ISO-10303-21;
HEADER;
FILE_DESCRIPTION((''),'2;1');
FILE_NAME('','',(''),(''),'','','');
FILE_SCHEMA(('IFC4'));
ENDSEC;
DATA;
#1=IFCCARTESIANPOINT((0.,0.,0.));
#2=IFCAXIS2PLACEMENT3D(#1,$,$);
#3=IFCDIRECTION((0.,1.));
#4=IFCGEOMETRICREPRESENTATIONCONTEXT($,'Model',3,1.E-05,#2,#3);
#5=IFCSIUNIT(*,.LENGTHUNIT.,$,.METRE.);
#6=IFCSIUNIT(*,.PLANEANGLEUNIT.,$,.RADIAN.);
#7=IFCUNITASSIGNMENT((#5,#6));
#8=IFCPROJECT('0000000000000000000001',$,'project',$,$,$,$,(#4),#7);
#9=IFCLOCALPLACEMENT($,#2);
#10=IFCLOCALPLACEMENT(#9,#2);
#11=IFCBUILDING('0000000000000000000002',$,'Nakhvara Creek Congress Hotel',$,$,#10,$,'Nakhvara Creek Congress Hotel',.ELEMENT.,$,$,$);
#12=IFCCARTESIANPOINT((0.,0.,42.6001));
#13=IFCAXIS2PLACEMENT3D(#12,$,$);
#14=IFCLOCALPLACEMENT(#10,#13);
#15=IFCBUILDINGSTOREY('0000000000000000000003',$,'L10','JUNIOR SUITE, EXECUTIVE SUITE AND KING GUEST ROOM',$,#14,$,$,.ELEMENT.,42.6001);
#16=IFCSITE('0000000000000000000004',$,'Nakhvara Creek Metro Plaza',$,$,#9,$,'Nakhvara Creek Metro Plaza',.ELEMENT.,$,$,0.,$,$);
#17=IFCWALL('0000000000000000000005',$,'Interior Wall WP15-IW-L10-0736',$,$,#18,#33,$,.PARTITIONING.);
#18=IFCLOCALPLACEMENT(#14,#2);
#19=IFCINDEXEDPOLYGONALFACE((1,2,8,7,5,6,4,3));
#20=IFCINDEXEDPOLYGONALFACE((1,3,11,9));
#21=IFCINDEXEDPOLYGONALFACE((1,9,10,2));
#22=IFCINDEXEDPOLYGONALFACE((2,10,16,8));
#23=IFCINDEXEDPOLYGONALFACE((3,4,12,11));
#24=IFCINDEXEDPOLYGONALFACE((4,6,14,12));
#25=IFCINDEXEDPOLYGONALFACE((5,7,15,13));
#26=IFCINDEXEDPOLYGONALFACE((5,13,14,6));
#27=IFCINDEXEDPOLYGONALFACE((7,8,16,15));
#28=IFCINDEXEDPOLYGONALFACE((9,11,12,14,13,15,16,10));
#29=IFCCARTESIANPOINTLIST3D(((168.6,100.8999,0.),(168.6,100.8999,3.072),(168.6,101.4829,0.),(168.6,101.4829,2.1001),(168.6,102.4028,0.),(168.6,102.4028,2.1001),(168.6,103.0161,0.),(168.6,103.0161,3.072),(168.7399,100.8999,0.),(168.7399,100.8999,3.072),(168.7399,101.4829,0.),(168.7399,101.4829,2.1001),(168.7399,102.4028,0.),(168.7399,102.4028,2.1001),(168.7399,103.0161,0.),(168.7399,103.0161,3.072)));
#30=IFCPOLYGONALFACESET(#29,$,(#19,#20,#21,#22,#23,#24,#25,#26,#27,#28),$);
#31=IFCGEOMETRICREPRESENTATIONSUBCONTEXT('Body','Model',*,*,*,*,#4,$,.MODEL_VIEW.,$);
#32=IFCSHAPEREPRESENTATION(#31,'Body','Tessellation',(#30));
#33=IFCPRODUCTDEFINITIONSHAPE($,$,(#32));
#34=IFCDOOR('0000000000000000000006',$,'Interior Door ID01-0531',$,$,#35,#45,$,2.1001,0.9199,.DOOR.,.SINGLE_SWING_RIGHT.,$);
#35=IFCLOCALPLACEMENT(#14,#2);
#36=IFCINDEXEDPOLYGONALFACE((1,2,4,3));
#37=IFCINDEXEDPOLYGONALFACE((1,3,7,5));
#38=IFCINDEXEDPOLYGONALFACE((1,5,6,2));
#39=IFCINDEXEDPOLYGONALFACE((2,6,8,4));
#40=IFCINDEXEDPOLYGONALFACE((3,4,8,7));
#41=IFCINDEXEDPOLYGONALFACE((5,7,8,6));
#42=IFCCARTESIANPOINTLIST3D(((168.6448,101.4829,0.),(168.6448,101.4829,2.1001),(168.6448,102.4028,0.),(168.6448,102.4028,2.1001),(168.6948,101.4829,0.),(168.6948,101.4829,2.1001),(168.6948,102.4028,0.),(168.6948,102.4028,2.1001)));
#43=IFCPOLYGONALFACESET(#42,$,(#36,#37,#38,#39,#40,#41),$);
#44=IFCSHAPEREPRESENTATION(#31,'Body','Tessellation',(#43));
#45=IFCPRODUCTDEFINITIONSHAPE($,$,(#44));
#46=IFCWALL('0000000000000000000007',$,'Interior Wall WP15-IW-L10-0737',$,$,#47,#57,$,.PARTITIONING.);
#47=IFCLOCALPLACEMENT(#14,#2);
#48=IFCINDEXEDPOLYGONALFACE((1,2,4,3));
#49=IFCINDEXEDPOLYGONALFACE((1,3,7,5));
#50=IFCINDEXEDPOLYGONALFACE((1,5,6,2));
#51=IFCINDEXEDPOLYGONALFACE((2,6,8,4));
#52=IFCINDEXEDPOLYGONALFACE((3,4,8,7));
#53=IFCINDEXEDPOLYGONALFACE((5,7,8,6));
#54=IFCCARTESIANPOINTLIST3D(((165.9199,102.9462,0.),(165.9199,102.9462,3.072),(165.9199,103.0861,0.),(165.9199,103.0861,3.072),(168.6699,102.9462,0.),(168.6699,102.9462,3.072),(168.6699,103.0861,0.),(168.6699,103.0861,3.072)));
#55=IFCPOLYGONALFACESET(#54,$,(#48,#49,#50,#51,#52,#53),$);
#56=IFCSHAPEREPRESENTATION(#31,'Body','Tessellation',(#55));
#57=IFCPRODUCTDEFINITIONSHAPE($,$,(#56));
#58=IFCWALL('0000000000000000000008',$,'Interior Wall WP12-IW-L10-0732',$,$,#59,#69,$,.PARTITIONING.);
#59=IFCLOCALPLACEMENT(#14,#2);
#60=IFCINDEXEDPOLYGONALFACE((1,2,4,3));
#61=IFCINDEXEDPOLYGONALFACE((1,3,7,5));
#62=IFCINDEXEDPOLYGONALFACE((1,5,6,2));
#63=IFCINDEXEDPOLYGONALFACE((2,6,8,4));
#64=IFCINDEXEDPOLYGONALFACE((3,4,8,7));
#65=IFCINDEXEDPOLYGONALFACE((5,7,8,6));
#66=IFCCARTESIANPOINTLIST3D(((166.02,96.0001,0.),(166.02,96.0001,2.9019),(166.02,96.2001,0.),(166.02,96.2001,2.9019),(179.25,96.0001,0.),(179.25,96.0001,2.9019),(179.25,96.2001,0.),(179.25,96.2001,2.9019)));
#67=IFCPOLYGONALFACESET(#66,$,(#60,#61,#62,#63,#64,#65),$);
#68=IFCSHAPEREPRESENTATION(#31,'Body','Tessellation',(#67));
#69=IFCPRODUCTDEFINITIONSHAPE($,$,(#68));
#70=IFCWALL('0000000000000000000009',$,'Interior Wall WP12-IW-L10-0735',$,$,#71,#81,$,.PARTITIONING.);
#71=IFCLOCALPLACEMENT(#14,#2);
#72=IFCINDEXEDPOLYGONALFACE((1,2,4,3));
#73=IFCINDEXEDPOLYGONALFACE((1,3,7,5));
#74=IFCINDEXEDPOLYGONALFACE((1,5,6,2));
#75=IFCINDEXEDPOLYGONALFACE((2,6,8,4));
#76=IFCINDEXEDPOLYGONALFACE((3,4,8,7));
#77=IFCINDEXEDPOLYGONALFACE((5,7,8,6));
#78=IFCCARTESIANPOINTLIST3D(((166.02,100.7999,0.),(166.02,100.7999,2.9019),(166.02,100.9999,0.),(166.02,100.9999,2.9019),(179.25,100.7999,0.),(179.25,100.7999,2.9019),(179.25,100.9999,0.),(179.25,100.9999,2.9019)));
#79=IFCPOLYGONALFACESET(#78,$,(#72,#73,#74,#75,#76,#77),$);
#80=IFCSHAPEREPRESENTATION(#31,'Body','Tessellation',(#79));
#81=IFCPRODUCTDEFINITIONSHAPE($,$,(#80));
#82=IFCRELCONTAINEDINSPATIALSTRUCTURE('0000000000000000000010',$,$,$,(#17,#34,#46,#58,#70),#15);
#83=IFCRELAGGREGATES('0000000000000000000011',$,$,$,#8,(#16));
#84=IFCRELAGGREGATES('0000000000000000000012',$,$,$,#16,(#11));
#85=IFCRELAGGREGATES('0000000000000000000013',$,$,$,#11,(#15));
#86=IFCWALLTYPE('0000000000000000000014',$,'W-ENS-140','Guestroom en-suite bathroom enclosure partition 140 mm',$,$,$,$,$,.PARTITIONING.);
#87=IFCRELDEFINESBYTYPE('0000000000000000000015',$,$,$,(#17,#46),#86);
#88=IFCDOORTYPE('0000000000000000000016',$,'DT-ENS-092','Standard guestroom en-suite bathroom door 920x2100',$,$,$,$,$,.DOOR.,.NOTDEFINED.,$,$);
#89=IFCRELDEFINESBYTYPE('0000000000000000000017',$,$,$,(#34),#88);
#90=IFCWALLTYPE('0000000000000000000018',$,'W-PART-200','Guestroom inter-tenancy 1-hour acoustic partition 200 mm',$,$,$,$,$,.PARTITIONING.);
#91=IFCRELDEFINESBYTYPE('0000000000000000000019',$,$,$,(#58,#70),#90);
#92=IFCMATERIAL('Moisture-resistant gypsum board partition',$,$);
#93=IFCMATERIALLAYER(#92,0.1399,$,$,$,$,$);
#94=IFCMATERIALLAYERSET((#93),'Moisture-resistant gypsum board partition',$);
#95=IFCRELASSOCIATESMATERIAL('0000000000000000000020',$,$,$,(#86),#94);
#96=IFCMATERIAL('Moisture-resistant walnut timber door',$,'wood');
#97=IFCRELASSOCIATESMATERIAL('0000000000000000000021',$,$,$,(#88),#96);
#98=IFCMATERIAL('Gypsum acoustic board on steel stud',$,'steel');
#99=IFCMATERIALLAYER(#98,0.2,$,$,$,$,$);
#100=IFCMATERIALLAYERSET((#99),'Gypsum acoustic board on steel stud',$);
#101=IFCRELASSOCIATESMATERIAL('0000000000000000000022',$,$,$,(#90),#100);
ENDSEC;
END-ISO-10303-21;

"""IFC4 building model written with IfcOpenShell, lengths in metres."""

from ifc_helpers import new_model, si_unit, direction, frame, frame_2d, origin, place, context, subcontext, project, spatial, rectangle, extrude, material, layer, layer_set, type_object, element, fill, save


model = new_model("IFC4")

# Units and contexts
model_context = context("Model", 3, precision=1e-05, world=origin(), true_north=direction((0.0, 1.0)))
body_context = subcontext(model_context, "Body", "Model", "MODEL_VIEW")
ifc_project = project(units=[si_unit("LENGTHUNIT", "METRE"), si_unit("PLANEANGLEUNIT", "RADIAN")], contexts=[model_context])

# Site, building, storey
site_placement = place(None, origin())
site = spatial("IfcSite", under=ifc_project, at=site_placement, Name="Nakhvara Creek Metro Plaza", LongName="Nakhvara Creek Metro Plaza", CompositionType="ELEMENT", RefElevation=0.0)
building_placement = place(site_placement, origin())
building = spatial("IfcBuilding", under=site, at=building_placement, Name="Nakhvara Creek Congress Hotel", LongName="Nakhvara Creek Congress Hotel", CompositionType="ELEMENT")
storey_placement = place(building_placement, frame((0.0, 0.0, 42.6001)))
storey = spatial("IfcBuildingStorey", under=building, at=storey_placement, Name="L10", Description="JUNIOR SUITE, EXECUTIVE SUITE AND KING GUEST ROOM", CompositionType="ELEMENT", Elevation=42.6001)

# Shared definitions
ifc_material_1 = material(Name="Gypsum acoustic board on steel stud", Category="steel")

# Shared definitions
ifc_material_2 = material(Name="Moisture-resistant gypsum board partition")
ifc_layer_1 = layer(ifc_material_2, 0.1399)
ifc_layer_set_1 = layer_set([ifc_layer_1], Name="Moisture-resistant gypsum board partition")
wall_type_1 = type_object("IfcWallType", Name="W-ENS-140", Description="Guestroom en-suite bathroom enclosure partition 140 mm", PredefinedType="PARTITIONING", material=ifc_layer_set_1)
ifc_material_3 = material(Name="Moisture-resistant walnut timber door", Category="wood")

# Wall, opening, door
wall_1_placement = place(storey_placement, frame((168.6699, 100.8999, 0.0), z_axis=(0.0, 0.0, 1.0), x_axis=(0.0, 1.0, 0.0)))
wall_1 = element("IfcWall", 1, at=wall_1_placement, inside=storey, type_object=wall_type_1, Name="Interior Wall WP15-IW-L10-0736", PredefinedType="PARTITIONING", context=body_context, shape_type="SweptSolid", body=[
    extrude(rectangle(XDim=2.1162, YDim=0.1399, at=frame_2d((1.0581, 0.0))), origin(), (0.0, 0.0, 1.0), 3.072),
])
opening_1_placement = place(wall_1_placement, frame((0.583, 0.0, 0.0)))
opening_1 = element("IfcOpeningElement", 2, at=opening_1_placement, cuts=wall_1, PredefinedType="OPENING", context=body_context, shape_type="SweptSolid", body=[
    extrude(rectangle(XDim=0.9199, YDim=2.1001, at=frame_2d((0.46, 1.05))), frame((0.0, 0.082, 0.0), z_axis=(0.0, -1.0, 0.0), x_axis=(1.0, 0.0, 0.0)), (0.0, 0.0, 1.0), 0.1638),
])
door_type_1 = type_object("IfcDoorType", Name="DT-ENS-092", Description="Standard guestroom en-suite bathroom door 920x2100", OperationType="NOTDEFINED", PredefinedType="DOOR", material=ifc_material_3)
door_1_placement = place(opening_1_placement, frame((0.9199, 0.0, 0.0), z_axis=(0.0, 0.0, 1.0), x_axis=(-1.0, 0.0, 0.0)))
door_1 = element("IfcDoor", 3, at=door_1_placement, inside=storey, type_object=door_type_1, Name="Interior Door ID01-0531", OperationType="SINGLE_SWING_RIGHT", OverallHeight=2.1001, OverallWidth=0.9199, PredefinedType="DOOR", context=body_context, shape_type="SweptSolid", body=[
    extrude(rectangle(XDim=0.9199, YDim=2.1001, at=frame_2d((0.46, 1.05))), frame((0.0, 0.0249, 0.0), z_axis=(0.0, -1.0, 0.0), x_axis=(1.0, 0.0, 0.0)), (0.0, 0.0, 1.0), 0.05),
])
fill(opening_1, door_1)

# Walls
wall_2_placement = place(storey_placement, frame((165.9199, 103.0161, 0.0), z_axis=(0.0, 0.0, 1.0), x_axis=(1.0, 0.0, 0.0)))
element("IfcWall", 4, at=wall_2_placement, inside=storey, type_object=wall_type_1, Name="Interior Wall WP15-IW-L10-0737", PredefinedType="PARTITIONING", context=body_context, shape_type="SweptSolid", body=[
    extrude(rectangle(XDim=2.75, YDim=0.1399, at=frame_2d((1.375, 0.0))), origin(), (0.0, 0.0, 1.0), 3.072),
])
ifc_layer_2 = layer(ifc_material_1, 0.2)
ifc_layer_set_2 = layer_set([ifc_layer_2], Name="Gypsum acoustic board on steel stud")
wall_type_2 = type_object("IfcWallType", Name="W-PART-200", Description="Guestroom inter-tenancy 1-hour acoustic partition 200 mm", PredefinedType="PARTITIONING", material=ifc_layer_set_2)
for number, where, z_axis, x_axis, name in (
    (5, (166.02, 96.1001, 0.0), (0.0, 0.0, 1.0), (1.0, 0.0, 0.0), "Interior Wall WP12-IW-L10-0732"),
    (6, (166.02, 100.8999, 0.0), (0.0, 0.0, 1.0), (1.0, 0.0, 0.0), "Interior Wall WP12-IW-L10-0735"),
):
    element("IfcWall", number, at=place(storey_placement, frame(where, z_axis=z_axis, x_axis=x_axis)), inside=storey, type_object=wall_type_2, Name=name, PredefinedType="PARTITIONING", context=body_context, shape_type="SweptSolid", body=[
        extrude(rectangle(XDim=13.23, YDim=0.2, at=frame_2d((6.615, 0.0))), origin(), (0.0, 0.0, 1.0), 2.9019),
    ])

save(model, "model.ifc")
